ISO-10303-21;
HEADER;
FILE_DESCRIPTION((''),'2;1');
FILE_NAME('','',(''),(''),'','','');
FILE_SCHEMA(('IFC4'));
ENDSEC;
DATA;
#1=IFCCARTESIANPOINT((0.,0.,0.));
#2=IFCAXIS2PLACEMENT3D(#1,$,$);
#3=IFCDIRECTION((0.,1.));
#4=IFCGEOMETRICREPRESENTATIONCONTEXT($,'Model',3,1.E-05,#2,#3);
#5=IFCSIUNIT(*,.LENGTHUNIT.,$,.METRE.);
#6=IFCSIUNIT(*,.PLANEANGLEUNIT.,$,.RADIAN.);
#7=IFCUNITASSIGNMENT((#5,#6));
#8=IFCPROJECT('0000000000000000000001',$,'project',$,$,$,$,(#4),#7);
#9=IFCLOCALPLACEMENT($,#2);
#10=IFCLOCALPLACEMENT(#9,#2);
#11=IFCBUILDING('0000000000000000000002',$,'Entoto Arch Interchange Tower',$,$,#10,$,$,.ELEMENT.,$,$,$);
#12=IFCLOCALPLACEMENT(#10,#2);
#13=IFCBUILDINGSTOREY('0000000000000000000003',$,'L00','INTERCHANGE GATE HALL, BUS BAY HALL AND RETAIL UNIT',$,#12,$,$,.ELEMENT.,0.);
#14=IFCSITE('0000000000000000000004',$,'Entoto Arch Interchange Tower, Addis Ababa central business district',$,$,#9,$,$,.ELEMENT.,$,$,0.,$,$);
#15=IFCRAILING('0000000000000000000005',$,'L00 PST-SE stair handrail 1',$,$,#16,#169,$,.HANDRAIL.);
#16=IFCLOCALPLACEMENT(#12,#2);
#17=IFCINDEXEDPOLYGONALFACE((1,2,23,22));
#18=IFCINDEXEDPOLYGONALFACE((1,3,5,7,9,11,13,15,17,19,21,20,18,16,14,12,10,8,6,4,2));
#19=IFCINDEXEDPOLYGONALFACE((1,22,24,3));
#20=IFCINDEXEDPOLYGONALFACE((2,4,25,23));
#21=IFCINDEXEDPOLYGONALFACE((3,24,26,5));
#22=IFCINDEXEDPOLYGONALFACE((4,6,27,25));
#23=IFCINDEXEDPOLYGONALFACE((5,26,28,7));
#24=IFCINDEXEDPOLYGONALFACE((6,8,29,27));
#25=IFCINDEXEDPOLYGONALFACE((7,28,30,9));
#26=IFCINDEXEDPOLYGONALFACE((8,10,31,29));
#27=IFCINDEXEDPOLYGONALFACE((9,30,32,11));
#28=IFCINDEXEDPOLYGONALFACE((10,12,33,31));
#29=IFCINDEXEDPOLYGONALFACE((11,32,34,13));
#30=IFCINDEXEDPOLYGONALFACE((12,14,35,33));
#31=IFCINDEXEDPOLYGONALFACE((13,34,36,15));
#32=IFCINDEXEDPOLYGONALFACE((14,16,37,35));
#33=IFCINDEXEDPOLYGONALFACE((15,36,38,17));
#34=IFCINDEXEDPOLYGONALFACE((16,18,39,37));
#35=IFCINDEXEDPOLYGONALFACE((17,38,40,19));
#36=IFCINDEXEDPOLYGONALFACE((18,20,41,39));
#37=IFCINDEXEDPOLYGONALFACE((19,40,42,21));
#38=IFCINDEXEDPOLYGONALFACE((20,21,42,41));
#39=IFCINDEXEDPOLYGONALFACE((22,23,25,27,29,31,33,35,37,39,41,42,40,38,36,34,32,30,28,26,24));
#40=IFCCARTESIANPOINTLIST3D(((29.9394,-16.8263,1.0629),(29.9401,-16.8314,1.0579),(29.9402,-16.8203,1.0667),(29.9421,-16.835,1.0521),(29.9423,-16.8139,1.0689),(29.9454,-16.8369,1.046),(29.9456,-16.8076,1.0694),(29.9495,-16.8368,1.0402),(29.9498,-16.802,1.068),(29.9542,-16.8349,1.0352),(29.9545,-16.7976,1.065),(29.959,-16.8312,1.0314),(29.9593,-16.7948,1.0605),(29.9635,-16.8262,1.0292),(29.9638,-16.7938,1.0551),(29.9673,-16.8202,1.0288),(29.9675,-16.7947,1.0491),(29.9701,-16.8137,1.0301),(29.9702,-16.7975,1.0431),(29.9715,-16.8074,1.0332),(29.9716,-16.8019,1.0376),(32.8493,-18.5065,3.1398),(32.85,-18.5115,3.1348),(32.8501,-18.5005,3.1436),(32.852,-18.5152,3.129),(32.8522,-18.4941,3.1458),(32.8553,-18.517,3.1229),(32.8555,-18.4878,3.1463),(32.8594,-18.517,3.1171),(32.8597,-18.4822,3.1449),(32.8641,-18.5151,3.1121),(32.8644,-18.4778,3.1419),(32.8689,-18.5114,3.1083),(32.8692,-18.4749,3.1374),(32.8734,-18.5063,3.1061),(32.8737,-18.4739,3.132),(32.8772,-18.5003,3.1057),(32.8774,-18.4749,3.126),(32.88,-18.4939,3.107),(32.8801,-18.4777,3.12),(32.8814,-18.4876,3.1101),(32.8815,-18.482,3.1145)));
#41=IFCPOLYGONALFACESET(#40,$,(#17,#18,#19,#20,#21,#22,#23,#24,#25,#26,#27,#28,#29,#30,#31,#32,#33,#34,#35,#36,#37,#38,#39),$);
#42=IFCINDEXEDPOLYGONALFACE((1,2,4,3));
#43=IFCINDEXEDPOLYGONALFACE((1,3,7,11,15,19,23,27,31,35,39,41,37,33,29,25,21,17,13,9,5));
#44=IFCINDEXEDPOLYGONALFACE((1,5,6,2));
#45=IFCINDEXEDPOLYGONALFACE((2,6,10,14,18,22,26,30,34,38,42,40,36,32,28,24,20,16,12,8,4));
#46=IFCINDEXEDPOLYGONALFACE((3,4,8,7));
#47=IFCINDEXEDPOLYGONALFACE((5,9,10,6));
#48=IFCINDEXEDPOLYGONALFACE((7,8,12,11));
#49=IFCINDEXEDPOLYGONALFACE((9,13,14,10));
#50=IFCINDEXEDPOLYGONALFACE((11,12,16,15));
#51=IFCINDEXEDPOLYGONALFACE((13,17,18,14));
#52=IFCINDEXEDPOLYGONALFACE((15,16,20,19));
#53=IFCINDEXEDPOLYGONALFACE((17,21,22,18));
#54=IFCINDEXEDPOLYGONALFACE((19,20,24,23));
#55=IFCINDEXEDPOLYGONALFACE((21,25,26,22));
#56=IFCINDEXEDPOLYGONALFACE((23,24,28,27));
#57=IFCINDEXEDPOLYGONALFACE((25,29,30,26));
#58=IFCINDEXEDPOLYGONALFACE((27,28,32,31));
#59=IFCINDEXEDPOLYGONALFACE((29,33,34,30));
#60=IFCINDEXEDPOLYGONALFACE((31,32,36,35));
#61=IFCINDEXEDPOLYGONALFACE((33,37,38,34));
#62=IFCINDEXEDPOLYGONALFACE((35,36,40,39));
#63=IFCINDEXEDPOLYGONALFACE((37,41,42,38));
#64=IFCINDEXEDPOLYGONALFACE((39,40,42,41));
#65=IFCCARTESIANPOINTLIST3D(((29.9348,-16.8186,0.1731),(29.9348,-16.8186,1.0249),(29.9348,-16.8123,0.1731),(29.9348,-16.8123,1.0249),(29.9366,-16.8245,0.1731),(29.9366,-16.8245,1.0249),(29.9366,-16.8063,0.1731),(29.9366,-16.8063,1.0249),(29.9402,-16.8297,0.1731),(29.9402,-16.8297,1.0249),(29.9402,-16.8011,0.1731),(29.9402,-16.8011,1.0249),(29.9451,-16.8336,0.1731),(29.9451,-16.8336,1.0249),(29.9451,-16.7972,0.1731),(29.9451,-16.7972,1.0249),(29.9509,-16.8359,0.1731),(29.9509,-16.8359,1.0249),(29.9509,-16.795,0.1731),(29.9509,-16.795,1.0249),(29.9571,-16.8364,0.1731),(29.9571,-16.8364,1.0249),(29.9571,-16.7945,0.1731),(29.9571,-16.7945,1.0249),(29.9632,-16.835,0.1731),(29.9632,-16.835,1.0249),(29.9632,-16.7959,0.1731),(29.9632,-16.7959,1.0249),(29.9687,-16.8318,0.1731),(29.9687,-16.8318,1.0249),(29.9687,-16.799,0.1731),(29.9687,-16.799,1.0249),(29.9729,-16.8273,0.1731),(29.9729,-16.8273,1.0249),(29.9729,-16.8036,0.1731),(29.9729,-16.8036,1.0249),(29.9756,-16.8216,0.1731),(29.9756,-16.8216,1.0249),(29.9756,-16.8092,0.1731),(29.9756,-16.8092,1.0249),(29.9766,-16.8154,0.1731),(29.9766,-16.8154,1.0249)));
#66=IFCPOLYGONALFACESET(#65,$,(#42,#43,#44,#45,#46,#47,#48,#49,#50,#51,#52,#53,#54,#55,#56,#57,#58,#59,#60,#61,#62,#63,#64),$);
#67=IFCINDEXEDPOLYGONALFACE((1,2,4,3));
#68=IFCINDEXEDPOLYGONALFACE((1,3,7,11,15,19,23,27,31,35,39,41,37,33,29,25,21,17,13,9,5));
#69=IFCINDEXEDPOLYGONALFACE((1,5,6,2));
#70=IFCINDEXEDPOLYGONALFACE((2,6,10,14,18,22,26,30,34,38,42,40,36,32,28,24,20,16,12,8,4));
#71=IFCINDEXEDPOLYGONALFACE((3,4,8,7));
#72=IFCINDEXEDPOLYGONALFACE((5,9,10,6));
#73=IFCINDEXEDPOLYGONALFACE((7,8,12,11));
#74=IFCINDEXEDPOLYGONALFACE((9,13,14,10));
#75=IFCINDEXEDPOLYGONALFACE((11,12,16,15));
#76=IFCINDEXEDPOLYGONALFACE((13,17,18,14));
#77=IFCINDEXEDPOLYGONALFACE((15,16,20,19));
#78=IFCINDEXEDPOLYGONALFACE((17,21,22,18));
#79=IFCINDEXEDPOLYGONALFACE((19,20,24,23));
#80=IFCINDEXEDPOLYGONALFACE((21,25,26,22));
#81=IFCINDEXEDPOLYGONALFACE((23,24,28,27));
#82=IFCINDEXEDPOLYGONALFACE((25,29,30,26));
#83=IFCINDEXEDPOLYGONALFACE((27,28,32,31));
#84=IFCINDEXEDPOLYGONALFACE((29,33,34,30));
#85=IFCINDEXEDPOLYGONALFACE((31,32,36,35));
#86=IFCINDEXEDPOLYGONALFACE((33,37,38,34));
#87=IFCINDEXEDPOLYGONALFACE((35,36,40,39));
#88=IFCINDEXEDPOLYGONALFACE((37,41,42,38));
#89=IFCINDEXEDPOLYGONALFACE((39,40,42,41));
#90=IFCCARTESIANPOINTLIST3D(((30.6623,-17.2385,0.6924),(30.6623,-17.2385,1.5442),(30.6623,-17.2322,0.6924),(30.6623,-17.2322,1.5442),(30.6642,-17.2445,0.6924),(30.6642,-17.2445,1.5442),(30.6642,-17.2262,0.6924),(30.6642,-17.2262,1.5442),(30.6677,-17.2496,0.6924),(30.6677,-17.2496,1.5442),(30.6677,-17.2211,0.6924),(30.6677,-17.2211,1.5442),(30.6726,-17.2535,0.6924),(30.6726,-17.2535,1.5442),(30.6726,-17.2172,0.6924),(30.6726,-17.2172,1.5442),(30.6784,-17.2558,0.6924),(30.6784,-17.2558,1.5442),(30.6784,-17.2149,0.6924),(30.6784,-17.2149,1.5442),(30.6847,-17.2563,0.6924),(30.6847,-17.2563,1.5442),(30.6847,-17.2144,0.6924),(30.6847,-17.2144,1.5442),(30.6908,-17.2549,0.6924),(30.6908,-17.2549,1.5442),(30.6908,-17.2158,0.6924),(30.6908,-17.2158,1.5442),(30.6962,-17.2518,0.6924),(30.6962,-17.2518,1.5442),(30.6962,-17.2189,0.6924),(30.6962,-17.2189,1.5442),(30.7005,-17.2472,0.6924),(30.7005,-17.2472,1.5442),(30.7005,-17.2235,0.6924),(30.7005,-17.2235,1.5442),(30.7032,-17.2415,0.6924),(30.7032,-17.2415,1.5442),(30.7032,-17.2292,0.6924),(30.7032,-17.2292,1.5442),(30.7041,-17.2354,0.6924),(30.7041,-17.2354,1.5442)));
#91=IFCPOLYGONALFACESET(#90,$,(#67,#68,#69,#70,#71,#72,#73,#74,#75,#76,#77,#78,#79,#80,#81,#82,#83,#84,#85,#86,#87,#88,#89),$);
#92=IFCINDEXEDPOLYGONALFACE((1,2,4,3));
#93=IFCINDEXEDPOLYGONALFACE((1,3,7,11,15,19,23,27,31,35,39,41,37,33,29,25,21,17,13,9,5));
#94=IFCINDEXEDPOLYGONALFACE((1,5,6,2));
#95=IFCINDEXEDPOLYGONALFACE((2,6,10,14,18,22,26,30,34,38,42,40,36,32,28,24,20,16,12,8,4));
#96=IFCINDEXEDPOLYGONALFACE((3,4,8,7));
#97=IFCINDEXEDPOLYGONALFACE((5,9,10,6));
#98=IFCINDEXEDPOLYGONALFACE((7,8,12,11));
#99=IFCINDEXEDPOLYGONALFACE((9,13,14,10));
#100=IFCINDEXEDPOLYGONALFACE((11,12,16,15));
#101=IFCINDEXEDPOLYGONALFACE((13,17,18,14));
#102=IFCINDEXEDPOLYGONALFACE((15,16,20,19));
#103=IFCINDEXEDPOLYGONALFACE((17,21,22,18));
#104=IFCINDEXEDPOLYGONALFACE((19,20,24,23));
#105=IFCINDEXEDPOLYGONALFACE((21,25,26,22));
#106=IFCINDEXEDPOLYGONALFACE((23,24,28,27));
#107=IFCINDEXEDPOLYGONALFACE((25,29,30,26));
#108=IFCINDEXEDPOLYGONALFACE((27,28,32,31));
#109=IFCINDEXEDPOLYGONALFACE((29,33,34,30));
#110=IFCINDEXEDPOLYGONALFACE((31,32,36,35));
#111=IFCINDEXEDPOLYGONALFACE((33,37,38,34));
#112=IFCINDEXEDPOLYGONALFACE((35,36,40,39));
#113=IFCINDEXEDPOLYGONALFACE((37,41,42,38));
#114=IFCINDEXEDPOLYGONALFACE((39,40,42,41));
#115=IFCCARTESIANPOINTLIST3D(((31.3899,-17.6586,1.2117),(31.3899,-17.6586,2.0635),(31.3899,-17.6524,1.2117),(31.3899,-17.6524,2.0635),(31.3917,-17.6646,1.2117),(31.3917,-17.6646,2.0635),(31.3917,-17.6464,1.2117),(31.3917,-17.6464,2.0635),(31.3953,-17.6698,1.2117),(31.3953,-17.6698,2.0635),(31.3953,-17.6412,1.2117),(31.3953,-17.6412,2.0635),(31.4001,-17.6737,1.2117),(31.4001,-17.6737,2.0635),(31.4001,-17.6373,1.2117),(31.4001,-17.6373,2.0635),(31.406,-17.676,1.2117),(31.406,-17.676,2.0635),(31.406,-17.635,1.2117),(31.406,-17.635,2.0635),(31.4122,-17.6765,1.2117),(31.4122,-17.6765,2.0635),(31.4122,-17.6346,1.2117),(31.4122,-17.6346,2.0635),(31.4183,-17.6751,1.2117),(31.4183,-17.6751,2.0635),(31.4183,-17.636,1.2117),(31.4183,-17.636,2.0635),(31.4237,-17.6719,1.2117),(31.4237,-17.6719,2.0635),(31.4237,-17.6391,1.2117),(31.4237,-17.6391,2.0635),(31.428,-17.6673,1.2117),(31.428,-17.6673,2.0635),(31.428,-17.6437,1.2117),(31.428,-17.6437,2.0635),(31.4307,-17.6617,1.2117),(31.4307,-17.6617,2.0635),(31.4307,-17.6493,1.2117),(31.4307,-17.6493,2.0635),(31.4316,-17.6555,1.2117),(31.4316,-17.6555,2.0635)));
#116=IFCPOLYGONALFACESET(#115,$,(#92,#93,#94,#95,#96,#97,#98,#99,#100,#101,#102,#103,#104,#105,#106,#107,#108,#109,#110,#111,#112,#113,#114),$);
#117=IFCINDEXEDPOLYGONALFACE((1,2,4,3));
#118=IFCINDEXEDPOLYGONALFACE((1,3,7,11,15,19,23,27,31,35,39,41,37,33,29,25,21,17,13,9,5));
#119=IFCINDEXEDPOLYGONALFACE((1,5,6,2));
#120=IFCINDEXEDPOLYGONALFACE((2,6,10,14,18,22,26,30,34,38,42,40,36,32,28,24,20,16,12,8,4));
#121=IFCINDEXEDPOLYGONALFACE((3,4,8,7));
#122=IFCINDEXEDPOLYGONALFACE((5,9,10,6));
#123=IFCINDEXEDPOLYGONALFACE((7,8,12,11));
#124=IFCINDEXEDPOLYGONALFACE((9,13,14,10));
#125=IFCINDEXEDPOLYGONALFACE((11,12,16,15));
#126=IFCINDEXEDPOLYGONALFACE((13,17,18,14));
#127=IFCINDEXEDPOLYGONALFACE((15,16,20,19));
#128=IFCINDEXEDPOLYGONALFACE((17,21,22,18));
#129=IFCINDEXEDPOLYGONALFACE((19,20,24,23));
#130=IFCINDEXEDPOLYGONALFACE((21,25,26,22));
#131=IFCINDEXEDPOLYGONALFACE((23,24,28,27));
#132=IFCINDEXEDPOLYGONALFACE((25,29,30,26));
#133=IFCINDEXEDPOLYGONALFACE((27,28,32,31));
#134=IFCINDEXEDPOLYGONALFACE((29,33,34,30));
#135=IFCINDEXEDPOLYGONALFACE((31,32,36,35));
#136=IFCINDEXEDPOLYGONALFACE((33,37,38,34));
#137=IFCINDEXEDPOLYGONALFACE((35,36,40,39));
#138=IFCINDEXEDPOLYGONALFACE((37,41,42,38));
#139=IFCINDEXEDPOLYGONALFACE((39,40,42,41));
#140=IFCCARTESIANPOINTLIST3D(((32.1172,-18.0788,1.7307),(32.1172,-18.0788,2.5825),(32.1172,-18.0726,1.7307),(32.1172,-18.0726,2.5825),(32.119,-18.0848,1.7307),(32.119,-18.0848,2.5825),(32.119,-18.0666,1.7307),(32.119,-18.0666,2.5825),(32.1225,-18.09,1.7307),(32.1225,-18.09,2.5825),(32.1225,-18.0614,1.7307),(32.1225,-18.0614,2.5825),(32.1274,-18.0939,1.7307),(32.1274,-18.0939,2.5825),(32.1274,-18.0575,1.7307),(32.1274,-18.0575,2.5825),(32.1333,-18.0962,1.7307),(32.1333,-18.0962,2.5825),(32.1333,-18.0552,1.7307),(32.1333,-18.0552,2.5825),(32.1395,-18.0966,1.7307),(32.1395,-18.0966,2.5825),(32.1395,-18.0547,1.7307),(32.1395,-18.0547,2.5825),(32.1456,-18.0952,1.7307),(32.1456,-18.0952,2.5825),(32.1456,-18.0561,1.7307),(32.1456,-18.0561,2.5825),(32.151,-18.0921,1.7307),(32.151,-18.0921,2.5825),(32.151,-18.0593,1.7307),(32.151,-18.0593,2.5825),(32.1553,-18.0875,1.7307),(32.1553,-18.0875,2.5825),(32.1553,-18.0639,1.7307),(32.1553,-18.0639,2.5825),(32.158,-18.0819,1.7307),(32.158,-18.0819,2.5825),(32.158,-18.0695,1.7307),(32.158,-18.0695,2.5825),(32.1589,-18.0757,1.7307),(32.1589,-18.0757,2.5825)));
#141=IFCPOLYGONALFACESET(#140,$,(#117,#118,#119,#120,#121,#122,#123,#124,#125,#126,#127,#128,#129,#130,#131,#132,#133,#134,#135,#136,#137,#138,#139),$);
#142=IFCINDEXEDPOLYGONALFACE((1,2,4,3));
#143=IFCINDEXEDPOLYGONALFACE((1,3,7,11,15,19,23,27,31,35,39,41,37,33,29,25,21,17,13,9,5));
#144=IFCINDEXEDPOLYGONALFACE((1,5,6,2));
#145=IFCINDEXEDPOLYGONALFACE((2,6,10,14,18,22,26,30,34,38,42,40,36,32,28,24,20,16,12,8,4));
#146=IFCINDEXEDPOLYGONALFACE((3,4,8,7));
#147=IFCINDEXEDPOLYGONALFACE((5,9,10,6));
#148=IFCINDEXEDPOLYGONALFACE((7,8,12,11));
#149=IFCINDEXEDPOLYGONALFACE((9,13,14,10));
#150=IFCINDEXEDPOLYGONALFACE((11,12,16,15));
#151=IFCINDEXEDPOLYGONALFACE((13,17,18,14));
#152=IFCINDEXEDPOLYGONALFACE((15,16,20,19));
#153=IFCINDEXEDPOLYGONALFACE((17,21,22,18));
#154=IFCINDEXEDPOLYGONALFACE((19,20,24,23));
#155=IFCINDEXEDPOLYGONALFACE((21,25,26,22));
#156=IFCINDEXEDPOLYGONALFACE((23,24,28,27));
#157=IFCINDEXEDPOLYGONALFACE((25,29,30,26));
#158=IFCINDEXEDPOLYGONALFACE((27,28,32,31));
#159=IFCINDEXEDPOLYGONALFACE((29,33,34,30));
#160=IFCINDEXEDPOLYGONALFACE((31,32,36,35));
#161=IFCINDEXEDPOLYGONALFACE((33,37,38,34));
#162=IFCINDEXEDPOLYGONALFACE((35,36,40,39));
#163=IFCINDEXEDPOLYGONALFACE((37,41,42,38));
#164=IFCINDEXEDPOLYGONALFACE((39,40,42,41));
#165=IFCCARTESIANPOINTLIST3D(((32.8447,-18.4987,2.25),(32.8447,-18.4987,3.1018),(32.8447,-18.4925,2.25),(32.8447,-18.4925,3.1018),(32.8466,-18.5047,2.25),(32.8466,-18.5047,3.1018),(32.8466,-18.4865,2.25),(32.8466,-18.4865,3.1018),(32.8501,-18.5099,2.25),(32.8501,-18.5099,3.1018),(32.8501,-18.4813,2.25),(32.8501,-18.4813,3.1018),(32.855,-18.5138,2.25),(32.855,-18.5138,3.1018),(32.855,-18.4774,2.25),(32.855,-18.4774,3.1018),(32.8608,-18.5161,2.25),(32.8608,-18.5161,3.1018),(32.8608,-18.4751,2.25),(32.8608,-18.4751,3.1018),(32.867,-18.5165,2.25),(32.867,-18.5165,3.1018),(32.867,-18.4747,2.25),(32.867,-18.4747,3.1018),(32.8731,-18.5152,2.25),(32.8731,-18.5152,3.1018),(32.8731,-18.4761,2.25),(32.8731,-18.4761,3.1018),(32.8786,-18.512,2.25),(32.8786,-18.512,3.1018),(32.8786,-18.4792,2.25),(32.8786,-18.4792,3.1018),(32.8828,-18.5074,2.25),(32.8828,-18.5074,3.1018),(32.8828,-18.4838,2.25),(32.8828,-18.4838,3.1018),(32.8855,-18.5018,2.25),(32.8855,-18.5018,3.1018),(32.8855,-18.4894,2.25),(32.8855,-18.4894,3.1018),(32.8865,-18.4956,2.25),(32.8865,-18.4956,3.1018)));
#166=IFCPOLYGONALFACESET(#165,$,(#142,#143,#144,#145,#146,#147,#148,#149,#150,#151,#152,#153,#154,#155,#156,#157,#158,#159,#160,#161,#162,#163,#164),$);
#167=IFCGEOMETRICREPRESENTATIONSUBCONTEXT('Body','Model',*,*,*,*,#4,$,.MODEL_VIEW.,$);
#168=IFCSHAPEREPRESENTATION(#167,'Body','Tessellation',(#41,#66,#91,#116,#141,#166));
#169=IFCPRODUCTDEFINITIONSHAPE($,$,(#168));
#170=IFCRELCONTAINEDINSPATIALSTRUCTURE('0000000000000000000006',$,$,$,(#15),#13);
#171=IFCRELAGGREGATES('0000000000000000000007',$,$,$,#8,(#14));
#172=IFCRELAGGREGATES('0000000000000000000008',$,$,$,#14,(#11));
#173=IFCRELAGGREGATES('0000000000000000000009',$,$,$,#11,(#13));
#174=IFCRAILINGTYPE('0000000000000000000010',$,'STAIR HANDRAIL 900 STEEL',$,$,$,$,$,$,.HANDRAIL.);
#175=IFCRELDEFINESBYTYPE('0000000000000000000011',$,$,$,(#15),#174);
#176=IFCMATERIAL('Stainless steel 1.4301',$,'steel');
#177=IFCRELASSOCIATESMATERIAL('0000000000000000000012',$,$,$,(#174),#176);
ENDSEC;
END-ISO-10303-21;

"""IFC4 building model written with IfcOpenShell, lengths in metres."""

from ifc_helpers import new_model, si_unit, direction, frame, origin, origin_2d, place, context, subcontext, project, spatial, circle, extrude, material, type_object, element, save


model = new_model("IFC4")

# Units and contexts
model_context = context("Model", 3, precision=1e-05, world=origin(), true_north=direction((0.0, 1.0)))
body_context = subcontext(model_context, "Body", "Model", "MODEL_VIEW")
ifc_project = project(units=[si_unit("LENGTHUNIT", "METRE"), si_unit("PLANEANGLEUNIT", "RADIAN")], contexts=[model_context])

# Site, building, storey
site_placement = place(None, origin())
site = spatial("IfcSite", under=ifc_project, at=site_placement, Name="Entoto Arch Interchange Tower, Addis Ababa central business district", CompositionType="ELEMENT", RefElevation=0.0)
building_placement = place(site_placement, origin())
building = spatial("IfcBuilding", under=site, at=building_placement, Name="Entoto Arch Interchange Tower", CompositionType="ELEMENT")
storey_placement = place(building_placement, origin())
storey = spatial("IfcBuildingStorey", under=building, at=storey_placement, Name="L00", Description="INTERCHANGE GATE HALL, BUS BAY HALL AND RETAIL UNIT", CompositionType="ELEMENT", Elevation=0.0)

# Railing
ifc_material_1 = material(Name="Stainless steel 1.4301", Category="steel")
railing_type = type_object("IfcRailingType", Name="STAIR HANDRAIL 900 STEEL", PredefinedType="HANDRAIL", material=ifc_material_1)
for number, where, name in (
    (1, (29.9556, -16.8154, 0.1731), "L00 PST-SE stair handrail 1"),
):
    element("IfcRailing", number, at=place(storey_placement, frame(where)), inside=storey, type_object=railing_type, Name=name, PredefinedType="HANDRAIL", context=body_context, shape_type="SweptSolid", body=[
        extrude(circle(Radius=0.0239, at=origin_2d()), frame((0.0, 0.0, 0.876), z_axis=(0.736649, -0.425339, 0.525771), x_axis=(0.500031, 0.866008, 0.0)), (0.0, 0.0, 1.0), 3.9502),
        extrude(circle(Radius=0.021, at=origin_2d()), origin(), (0.0, 0.0, 1.0), 0.8518),
        extrude(circle(Radius=0.021, at=origin_2d()), frame((0.7275, -0.4199, 0.5193)), (0.0, 0.0, 1.0), 0.8518),
        extrude(circle(Radius=0.021, at=origin_2d()), frame((1.4551, -0.8401, 1.0386)), (0.0, 0.0, 1.0), 0.8518),
        extrude(circle(Radius=0.021, at=origin_2d()), frame((2.1824, -1.2603, 1.5576)), (0.0, 0.0, 1.0), 0.8518),
        extrude(circle(Radius=0.021, at=origin_2d()), frame((2.9099, -1.6802, 2.0769)), (0.0, 0.0, 1.0), 0.8518),
    ])

save(model, "model.ifc")
